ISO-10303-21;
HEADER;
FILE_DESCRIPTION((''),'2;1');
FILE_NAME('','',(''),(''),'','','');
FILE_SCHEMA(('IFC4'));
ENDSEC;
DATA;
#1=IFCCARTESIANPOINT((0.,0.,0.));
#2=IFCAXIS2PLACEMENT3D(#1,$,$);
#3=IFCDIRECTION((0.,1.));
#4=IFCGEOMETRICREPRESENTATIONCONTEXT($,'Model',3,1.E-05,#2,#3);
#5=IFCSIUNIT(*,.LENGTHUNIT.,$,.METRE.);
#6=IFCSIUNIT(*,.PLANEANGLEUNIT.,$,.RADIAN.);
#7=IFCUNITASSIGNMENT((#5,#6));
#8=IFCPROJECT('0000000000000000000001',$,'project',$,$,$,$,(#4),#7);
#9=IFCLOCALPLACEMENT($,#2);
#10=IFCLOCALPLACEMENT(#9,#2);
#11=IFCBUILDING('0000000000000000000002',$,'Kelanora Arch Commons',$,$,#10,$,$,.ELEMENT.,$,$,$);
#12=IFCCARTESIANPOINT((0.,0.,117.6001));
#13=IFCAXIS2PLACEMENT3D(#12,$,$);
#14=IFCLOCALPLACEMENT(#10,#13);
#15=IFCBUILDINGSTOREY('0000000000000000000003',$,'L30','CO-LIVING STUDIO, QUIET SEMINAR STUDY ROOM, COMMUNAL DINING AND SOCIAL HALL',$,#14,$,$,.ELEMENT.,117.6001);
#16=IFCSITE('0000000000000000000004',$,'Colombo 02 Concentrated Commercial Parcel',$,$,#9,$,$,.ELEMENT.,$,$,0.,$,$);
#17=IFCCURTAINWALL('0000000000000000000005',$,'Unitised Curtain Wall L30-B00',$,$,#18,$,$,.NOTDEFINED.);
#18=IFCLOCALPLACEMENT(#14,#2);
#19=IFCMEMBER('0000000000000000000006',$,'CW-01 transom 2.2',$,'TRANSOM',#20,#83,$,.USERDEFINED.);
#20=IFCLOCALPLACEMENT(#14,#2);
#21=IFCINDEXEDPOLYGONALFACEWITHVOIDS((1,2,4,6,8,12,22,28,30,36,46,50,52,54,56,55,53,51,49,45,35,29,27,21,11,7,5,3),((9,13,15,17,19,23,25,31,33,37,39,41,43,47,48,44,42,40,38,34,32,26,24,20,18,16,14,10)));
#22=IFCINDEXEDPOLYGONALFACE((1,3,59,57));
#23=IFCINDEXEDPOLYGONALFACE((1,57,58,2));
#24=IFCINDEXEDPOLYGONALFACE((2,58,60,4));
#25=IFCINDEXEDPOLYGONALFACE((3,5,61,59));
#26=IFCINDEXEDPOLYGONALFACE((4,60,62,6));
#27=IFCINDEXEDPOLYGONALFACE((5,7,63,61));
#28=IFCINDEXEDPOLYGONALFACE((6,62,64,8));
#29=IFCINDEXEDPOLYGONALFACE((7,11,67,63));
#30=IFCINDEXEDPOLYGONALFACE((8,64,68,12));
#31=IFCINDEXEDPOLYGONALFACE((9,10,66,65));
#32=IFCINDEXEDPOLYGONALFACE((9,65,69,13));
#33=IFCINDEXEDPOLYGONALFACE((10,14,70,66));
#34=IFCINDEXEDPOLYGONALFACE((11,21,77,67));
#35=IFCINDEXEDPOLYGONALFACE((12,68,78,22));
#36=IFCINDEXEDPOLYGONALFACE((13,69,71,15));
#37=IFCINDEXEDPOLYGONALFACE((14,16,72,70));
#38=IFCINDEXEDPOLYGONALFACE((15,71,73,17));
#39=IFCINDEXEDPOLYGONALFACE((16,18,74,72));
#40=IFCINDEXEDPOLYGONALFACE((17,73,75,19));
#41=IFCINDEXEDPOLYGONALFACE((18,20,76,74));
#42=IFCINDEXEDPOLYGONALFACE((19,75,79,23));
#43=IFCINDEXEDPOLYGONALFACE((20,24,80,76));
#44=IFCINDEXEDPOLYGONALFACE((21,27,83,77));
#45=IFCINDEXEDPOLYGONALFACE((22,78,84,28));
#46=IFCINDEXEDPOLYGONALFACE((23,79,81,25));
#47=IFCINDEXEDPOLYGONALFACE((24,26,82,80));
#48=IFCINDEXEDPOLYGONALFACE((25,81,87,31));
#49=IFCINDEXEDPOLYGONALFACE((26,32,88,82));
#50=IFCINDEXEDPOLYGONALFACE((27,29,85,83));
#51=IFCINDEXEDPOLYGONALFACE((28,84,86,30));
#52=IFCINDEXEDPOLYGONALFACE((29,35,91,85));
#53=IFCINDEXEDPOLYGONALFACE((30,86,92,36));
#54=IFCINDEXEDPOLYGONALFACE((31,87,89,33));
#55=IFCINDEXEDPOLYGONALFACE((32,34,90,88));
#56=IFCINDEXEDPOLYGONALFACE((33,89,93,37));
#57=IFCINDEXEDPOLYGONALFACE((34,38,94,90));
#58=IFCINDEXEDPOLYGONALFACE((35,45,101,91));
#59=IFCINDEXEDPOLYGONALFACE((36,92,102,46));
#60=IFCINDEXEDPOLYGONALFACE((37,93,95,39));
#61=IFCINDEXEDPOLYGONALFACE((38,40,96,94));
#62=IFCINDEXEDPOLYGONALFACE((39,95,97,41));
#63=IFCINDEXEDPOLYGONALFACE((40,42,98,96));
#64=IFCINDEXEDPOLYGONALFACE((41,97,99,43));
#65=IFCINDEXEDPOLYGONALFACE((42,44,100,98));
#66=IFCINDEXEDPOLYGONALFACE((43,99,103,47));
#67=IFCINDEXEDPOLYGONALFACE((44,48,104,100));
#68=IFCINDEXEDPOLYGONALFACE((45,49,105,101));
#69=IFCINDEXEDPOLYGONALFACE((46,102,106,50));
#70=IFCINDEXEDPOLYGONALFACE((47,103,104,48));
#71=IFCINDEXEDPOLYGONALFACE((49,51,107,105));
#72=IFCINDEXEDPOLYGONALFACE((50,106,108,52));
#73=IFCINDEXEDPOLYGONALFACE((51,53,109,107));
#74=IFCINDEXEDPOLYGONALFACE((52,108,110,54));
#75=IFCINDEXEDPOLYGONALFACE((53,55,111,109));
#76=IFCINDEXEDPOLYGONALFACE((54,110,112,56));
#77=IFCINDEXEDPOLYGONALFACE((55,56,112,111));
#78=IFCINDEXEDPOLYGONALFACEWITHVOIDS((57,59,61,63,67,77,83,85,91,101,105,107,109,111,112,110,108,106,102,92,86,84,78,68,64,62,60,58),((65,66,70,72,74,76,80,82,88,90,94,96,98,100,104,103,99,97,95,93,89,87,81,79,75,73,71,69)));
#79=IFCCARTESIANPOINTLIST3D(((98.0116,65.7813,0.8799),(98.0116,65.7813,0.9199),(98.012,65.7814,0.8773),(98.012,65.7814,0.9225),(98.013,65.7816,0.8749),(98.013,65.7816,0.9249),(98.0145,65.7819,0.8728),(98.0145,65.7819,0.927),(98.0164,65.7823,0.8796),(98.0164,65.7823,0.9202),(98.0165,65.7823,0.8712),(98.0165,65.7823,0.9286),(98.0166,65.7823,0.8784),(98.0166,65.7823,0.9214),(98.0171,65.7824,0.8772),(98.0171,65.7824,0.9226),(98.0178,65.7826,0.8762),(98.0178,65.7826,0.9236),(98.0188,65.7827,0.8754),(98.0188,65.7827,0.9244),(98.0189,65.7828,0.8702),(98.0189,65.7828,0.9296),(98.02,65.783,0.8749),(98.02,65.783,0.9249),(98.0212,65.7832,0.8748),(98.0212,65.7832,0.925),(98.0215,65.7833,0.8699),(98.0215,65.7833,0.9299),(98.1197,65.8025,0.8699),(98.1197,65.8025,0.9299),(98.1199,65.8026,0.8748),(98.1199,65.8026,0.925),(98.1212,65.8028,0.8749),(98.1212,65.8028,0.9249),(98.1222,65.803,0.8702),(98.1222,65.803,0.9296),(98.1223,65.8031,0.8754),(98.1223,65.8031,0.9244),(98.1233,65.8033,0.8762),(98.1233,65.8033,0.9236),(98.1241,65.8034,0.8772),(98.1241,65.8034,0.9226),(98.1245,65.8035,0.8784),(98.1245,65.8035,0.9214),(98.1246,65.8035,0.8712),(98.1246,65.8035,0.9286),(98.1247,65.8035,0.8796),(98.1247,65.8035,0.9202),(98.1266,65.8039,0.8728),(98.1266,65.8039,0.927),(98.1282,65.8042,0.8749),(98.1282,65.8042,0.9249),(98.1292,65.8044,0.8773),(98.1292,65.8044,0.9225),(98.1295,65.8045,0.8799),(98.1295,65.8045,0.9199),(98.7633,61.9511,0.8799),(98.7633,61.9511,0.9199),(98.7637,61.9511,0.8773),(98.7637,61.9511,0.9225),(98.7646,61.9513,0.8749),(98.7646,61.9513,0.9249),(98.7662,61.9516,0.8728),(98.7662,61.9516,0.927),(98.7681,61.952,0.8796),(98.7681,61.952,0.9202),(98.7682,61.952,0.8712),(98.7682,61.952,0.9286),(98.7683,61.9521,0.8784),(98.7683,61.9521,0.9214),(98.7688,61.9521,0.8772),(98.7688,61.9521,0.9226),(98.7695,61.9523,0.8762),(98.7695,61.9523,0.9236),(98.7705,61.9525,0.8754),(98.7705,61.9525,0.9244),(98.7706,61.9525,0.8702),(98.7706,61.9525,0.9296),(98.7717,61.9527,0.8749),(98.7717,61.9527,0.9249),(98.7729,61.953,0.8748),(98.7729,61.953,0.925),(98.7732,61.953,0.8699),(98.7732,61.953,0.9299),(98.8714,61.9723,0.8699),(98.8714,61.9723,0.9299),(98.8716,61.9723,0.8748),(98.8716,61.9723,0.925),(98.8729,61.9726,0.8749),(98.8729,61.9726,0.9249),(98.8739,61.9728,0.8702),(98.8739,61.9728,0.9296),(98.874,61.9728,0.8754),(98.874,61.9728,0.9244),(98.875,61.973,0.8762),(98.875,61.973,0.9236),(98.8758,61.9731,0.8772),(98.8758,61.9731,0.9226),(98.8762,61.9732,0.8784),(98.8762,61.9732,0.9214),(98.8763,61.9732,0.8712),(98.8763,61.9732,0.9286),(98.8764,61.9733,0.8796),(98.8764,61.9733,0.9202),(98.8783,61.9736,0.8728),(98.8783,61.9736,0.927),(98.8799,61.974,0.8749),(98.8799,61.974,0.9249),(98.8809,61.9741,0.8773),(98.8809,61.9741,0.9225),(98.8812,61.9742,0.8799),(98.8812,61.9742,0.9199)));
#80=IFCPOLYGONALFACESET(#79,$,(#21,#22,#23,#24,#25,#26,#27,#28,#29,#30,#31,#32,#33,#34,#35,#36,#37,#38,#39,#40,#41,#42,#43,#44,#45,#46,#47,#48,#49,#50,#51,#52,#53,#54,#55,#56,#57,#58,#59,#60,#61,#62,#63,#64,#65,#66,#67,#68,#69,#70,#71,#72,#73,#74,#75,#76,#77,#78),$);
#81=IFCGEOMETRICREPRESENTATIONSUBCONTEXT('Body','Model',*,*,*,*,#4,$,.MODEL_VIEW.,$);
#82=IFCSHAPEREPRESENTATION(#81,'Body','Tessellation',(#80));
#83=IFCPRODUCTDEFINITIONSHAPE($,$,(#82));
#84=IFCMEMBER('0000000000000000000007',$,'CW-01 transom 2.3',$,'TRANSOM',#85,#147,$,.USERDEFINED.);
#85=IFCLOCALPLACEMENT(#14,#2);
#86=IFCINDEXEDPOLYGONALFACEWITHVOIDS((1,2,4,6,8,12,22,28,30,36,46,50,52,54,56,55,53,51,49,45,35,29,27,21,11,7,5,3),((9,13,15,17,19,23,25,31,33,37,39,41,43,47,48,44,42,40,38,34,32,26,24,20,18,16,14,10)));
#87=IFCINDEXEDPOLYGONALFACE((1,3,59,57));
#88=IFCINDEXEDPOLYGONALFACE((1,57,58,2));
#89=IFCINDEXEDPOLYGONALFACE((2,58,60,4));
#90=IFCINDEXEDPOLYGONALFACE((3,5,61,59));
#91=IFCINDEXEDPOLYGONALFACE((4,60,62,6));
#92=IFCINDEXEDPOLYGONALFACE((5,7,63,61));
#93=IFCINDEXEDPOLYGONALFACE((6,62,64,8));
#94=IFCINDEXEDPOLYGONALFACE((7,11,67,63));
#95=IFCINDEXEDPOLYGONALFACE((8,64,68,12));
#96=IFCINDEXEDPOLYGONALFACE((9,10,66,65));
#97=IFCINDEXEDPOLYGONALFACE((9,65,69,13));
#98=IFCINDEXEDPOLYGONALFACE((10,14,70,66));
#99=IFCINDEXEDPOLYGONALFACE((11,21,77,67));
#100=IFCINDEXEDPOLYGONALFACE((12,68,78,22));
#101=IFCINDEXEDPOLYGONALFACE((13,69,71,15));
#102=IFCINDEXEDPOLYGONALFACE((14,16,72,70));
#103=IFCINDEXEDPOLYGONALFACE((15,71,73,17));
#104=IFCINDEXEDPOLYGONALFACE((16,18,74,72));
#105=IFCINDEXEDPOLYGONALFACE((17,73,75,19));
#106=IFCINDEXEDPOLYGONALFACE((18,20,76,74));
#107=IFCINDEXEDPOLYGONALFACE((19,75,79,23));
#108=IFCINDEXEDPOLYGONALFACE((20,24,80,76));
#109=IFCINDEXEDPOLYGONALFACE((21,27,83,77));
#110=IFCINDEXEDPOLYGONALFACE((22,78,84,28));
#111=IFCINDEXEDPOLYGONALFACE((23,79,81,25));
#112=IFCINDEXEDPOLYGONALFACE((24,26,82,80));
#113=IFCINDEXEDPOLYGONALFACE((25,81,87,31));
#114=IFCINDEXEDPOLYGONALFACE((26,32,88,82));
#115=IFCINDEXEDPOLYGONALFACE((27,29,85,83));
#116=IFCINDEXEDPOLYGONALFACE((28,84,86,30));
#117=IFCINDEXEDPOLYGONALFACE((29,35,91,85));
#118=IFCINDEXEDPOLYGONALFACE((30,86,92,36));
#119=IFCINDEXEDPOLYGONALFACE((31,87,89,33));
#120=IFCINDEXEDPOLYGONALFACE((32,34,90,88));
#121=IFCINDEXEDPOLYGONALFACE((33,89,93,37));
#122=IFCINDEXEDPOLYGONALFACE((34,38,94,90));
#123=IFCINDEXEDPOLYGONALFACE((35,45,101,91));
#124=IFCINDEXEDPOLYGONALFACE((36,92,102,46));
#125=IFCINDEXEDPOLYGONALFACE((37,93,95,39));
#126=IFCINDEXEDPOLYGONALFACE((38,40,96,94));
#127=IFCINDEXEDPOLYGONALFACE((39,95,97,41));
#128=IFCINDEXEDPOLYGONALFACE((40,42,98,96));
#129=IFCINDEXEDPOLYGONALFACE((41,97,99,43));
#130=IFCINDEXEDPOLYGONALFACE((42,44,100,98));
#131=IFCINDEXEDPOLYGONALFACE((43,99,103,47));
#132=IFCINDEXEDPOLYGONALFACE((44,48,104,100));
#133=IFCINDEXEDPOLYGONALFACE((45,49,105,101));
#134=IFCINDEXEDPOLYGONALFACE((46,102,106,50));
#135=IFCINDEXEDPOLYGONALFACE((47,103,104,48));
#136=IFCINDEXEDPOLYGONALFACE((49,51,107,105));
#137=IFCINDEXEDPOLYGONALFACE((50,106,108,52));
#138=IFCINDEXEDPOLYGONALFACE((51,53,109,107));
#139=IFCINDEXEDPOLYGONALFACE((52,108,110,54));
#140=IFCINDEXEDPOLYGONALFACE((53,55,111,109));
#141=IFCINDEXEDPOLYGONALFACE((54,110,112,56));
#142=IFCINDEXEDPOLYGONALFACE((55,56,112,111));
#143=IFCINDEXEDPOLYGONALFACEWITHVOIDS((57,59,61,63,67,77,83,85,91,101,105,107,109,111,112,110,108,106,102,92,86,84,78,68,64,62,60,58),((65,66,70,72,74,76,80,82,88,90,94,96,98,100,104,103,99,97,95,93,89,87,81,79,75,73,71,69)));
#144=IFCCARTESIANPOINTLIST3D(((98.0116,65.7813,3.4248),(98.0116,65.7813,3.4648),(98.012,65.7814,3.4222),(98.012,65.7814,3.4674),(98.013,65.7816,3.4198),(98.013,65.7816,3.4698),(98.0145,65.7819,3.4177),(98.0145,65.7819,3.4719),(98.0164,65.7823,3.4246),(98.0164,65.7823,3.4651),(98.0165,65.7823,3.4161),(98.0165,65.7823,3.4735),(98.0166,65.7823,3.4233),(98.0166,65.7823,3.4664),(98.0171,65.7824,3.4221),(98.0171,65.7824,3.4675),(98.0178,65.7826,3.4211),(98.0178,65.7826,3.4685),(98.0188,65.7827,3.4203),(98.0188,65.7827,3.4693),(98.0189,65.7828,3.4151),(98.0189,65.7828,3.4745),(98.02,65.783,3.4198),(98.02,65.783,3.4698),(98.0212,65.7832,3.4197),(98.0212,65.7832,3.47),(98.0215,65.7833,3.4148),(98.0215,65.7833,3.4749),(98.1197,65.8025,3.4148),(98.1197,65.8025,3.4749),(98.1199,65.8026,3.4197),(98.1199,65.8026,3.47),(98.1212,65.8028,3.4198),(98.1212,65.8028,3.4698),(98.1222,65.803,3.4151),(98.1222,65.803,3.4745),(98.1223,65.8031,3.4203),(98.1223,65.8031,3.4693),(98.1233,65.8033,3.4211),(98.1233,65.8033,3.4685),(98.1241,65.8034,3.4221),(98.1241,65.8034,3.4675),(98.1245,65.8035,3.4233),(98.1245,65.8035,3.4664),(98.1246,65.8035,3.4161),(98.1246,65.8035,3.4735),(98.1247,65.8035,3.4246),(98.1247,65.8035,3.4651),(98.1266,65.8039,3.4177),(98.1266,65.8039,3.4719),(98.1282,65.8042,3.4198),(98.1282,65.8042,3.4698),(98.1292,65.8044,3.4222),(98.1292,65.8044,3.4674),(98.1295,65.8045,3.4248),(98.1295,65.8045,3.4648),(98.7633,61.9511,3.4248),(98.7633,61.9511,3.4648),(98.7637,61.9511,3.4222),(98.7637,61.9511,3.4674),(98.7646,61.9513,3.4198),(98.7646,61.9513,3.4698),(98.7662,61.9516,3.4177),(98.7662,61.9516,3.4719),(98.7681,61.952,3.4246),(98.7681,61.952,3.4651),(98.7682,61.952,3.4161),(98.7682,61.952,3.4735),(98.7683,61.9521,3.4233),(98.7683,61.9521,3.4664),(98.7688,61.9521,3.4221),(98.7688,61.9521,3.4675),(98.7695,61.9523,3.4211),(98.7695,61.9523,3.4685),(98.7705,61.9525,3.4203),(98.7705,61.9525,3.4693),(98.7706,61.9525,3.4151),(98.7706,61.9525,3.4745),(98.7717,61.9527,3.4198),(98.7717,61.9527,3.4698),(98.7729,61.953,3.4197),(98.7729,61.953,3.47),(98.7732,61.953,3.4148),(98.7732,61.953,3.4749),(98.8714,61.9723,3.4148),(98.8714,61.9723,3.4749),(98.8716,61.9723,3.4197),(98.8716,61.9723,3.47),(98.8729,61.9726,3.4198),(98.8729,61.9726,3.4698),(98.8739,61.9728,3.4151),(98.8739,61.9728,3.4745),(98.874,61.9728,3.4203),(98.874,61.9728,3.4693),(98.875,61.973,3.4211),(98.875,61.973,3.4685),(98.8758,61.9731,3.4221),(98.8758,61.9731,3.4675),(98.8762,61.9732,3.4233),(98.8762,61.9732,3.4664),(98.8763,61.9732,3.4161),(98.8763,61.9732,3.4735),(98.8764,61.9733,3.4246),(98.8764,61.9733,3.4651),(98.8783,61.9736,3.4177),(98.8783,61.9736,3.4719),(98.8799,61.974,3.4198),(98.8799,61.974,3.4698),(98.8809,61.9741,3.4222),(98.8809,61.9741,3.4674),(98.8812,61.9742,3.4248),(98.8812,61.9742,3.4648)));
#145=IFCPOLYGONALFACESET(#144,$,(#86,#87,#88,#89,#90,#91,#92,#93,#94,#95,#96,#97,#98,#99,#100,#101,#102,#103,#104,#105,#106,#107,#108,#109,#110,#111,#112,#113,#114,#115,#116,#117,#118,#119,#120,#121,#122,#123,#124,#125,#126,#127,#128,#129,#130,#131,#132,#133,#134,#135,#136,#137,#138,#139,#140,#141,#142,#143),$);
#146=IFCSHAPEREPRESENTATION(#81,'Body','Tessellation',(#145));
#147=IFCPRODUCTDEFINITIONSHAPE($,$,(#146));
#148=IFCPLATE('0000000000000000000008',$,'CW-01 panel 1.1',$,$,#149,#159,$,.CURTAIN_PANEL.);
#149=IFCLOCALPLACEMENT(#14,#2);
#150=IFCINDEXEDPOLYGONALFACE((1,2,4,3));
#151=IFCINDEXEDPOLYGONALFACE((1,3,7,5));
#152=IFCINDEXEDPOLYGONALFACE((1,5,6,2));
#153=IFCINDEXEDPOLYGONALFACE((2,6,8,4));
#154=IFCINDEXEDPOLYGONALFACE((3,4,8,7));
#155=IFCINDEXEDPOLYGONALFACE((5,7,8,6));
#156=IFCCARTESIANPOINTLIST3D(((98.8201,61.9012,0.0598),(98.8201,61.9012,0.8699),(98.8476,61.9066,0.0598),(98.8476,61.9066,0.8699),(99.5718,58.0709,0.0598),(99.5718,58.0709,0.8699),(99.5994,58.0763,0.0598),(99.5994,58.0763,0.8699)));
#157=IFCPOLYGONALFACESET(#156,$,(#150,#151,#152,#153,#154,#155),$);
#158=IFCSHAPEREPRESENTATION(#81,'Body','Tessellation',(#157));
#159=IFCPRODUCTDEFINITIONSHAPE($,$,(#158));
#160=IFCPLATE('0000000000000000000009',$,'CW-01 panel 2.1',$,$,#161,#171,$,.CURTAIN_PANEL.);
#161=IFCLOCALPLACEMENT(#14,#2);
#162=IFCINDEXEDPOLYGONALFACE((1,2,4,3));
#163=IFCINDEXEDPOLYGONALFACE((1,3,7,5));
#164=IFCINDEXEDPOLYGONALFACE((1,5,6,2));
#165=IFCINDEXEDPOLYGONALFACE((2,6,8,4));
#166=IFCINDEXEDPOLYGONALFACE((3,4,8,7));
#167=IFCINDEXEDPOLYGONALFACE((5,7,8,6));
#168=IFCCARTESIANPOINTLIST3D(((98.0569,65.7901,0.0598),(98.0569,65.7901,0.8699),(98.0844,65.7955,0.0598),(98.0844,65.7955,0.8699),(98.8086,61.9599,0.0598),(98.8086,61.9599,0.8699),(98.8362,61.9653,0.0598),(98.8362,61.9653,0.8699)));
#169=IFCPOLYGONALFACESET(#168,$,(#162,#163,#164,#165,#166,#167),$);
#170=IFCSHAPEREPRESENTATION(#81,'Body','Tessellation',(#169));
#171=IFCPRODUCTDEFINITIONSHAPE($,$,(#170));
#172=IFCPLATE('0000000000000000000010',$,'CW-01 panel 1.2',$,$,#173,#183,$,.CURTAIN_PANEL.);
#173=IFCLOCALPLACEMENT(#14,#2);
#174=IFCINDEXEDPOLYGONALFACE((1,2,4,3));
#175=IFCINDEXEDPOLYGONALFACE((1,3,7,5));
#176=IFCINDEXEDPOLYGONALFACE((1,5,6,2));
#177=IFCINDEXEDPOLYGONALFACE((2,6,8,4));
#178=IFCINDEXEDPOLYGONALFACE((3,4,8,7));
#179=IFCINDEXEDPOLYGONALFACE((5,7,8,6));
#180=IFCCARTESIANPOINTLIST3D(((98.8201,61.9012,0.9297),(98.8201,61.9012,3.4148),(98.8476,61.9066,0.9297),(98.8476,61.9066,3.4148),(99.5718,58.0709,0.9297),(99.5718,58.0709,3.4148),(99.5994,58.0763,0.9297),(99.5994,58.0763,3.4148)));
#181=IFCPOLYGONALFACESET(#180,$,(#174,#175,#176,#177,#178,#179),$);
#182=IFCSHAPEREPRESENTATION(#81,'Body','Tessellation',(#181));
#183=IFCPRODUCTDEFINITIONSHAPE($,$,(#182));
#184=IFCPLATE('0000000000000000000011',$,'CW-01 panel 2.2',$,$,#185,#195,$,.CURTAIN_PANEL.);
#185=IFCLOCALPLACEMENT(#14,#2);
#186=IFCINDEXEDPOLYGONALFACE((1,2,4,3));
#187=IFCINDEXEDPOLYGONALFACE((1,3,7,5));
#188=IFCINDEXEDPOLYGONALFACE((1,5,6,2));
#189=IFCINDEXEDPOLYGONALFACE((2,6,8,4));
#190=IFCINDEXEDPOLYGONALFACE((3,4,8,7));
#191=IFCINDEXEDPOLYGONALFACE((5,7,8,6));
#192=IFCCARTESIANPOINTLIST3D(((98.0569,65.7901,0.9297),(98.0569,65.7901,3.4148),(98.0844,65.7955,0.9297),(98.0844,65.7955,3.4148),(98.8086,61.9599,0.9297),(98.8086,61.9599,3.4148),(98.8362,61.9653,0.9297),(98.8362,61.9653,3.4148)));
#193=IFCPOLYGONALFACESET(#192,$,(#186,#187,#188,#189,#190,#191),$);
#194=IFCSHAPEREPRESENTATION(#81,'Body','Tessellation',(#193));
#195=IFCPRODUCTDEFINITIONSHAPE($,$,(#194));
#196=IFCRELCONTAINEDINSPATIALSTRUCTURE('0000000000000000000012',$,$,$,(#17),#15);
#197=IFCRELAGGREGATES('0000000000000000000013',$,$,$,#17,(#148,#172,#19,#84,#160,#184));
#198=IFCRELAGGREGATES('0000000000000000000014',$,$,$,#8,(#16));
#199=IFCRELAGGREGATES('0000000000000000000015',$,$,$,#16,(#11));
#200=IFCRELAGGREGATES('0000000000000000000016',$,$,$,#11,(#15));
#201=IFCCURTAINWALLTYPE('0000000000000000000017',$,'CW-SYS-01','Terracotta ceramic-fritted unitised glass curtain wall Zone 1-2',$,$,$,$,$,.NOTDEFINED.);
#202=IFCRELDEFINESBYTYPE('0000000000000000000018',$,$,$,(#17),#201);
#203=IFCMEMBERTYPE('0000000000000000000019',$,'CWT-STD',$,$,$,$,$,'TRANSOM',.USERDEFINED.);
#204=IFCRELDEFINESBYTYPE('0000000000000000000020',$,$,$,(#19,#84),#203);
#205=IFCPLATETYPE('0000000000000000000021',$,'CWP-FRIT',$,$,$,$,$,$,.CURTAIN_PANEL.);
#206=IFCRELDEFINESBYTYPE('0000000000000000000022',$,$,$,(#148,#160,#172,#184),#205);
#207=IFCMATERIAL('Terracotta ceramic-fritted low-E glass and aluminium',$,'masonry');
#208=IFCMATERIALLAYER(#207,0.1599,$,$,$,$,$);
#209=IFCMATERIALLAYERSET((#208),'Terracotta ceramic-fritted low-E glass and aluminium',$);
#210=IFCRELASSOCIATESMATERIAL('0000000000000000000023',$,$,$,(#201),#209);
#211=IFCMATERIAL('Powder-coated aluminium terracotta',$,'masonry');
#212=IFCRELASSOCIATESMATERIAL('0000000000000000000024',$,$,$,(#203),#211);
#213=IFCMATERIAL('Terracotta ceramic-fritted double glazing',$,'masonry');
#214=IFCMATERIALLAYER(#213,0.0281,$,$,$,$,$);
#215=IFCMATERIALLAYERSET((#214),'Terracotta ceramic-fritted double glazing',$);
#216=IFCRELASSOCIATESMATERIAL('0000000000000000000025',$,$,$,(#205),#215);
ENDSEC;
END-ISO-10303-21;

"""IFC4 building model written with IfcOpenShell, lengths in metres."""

from ifc_helpers import new_model, si_unit, direction, frame, origin, origin_2d, place, context, subcontext, project, spatial, rectangle, hollow_rectangle, extrude, source, transform, mapped, material, layer, layer_set, material_profile, profile_set, type_object, element, aggregate, save


model = new_model("IFC4")

# Units and contexts
model_context = context("Model", 3, precision=1e-05, world=origin(), true_north=direction((0.0, 1.0)))
body_context = subcontext(model_context, "Body", "Model", "MODEL_VIEW")
ifc_project = project(units=[si_unit("LENGTHUNIT", "METRE"), si_unit("PLANEANGLEUNIT", "RADIAN")], contexts=[model_context])

# Site, building, storey
site_placement = place(None, origin())
site = spatial("IfcSite", under=ifc_project, at=site_placement, Name="Colombo 02 Concentrated Commercial Parcel", CompositionType="ELEMENT", RefElevation=0.0)
building_placement = place(site_placement, origin())
building = spatial("IfcBuilding", under=site, at=building_placement, Name="Kelanora Arch Commons", CompositionType="ELEMENT")
storey_placement = place(building_placement, frame((0.0, 0.0, 117.6001)))
storey = spatial("IfcBuildingStorey", under=building, at=storey_placement, Name="L30", Description="CO-LIVING STUDIO, QUIET SEMINAR STUDY ROOM, COMMUNAL DINING AND SOCIAL HALL", CompositionType="ELEMENT", Elevation=117.6001)

# Curtain wall, members, plates
ifc_material_1 = material(Name="Terracotta ceramic-fritted low-E glass and aluminium", Category="masonry")
ifc_layer_1 = layer(ifc_material_1, 0.1599)
ifc_layer_set_1 = layer_set([ifc_layer_1], Name="Terracotta ceramic-fritted low-E glass and aluminium")
curtain_wall_type = type_object("IfcCurtainWallType", Name="CW-SYS-01", Description="Terracotta ceramic-fritted unitised glass curtain wall Zone 1-2", PredefinedType="NOTDEFINED", material=ifc_layer_set_1)
curtain_wall_placement = place(storey_placement, origin())
curtain_wall = element("IfcCurtainWall", 1, at=curtain_wall_placement, inside=storey, type_object=curtain_wall_type, Name="Unitised Curtain Wall L30-B00", PredefinedType="NOTDEFINED")
ifc_material_2 = material(Name="Powder-coated aluminium terracotta", Category="masonry")
ifc_material_profile_1 = material_profile(ifc_material_2, hollow_rectangle(XDim=0.1201, YDim=0.0601, WallThickness=0.0049, InnerFilletRadius=0.0049, OuterFilletRadius=0.01, at=origin_2d()), Name="CWT120x60")
ifc_profile_set_1 = profile_set([ifc_material_profile_1], Name="Powder-coated aluminium terracotta")
member_type_1 = type_object("IfcMemberType", Name="CWT-STD", ElementType="TRANSOM", PredefinedType="USERDEFINED", material=ifc_profile_set_1)
member_1_placement = place(storey_placement, frame((98.8223, 61.9626, 0.8999), z_axis=(-0.192579, 0.981282, 0.0), x_axis=(-0.981282, -0.192579, 0.0)))
member_1 = element("IfcMember", 2, at=member_1_placement, type_object=member_type_1, Name="CW-01 transom 2.2", ObjectType="TRANSOM", PredefinedType="USERDEFINED", context=body_context, shape_type="SweptSolid", body=[
    extrude(hollow_rectangle(XDim=0.1201, YDim=0.0601, WallThickness=0.0049, InnerFilletRadius=0.0049, OuterFilletRadius=0.01, at=origin_2d()), origin(), (0.0, 0.0, 1.0), 3.9033),
])
member_2_placement = place(storey_placement, frame((98.8223, 61.9626, 3.4448), z_axis=(-0.192579, 0.981282, 0.0), x_axis=(-0.981282, -0.192579, 0.0)))
member_2 = element("IfcMember", 3, at=member_2_placement, type_object=member_type_1, Name="CW-01 transom 2.3", ObjectType="TRANSOM", PredefinedType="USERDEFINED", context=body_context, shape_type="SweptSolid", body=[
    extrude(hollow_rectangle(XDim=0.1201, YDim=0.0601, WallThickness=0.0049, InnerFilletRadius=0.0049, OuterFilletRadius=0.01, at=origin_2d()), origin(), (0.0, 0.0, 1.0), 3.9033),
])
ifc_material_3 = material(Name="Terracotta ceramic-fritted double glazing", Category="masonry")
ifc_layer_2 = layer(ifc_material_3, 0.0281)
ifc_layer_set_2 = layer_set([ifc_layer_2], Name="Terracotta ceramic-fritted double glazing")
plate_type = type_object("IfcPlateType", Name="CWP-FRIT", PredefinedType="CURTAIN_PANEL", material=ifc_layer_set_2)
shared_shape_1 = source(origin(), body_context, "Body", "SweptSolid", [
    extrude(rectangle(XDim=3.9033, YDim=0.0281, at=origin_2d()), origin(), (0.0, 0.0, 1.0), 0.8101),
])
plate_1_placement = place(storey_placement, frame((99.2097, 59.9888, 0.0598), z_axis=(0.0, 0.0, 1.0), x_axis=(-0.192585, 0.98128, 0.0)))
plate_1 = element("IfcPlate", 4, at=plate_1_placement, type_object=plate_type, Name="CW-01 panel 1.1", PredefinedType="CURTAIN_PANEL", context=body_context, shape_type="MappedRepresentation", body=[
    mapped(shared_shape_1, transform((0.0, 0.0, 0.0), scale=1.0)),
])
plate_2_placement = place(storey_placement, frame((98.4465, 63.8777, 0.0598), z_axis=(0.0, 0.0, 1.0), x_axis=(-0.192585, 0.98128, 0.0)))
plate_2 = element("IfcPlate", 5, at=plate_2_placement, type_object=plate_type, Name="CW-01 panel 2.1", PredefinedType="CURTAIN_PANEL", context=body_context, shape_type="MappedRepresentation", body=[
    mapped(shared_shape_1, transform((0.0, 0.0, 0.0), scale=1.0)),
])
shared_shape_2 = source(origin(), body_context, "Body", "SweptSolid", [
    extrude(rectangle(XDim=3.9033, YDim=0.0281, at=origin_2d()), origin(), (0.0, 0.0, 1.0), 2.4851),
])
plate_3_placement = place(storey_placement, frame((99.2097, 59.9888, 0.9297), z_axis=(0.0, 0.0, 1.0), x_axis=(-0.192585, 0.98128, 0.0)))
plate_3 = element("IfcPlate", 6, at=plate_3_placement, type_object=plate_type, Name="CW-01 panel 1.2", PredefinedType="CURTAIN_PANEL", context=body_context, shape_type="MappedRepresentation", body=[
    mapped(shared_shape_2, transform((0.0, 0.0, 0.0), scale=1.0)),
])
plate_4_placement = place(storey_placement, frame((98.4465, 63.8777, 0.9297), z_axis=(0.0, 0.0, 1.0), x_axis=(-0.192585, 0.98128, 0.0)))
plate_4 = element("IfcPlate", 7, at=plate_4_placement, type_object=plate_type, Name="CW-01 panel 2.2", PredefinedType="CURTAIN_PANEL", context=body_context, shape_type="MappedRepresentation", body=[
    mapped(shared_shape_2, transform((0.0, 0.0, 0.0), scale=1.0)),
])
aggregate(curtain_wall, [plate_1, plate_3, member_1, member_2, plate_2, plate_4])

save(model, "model.ifc")
